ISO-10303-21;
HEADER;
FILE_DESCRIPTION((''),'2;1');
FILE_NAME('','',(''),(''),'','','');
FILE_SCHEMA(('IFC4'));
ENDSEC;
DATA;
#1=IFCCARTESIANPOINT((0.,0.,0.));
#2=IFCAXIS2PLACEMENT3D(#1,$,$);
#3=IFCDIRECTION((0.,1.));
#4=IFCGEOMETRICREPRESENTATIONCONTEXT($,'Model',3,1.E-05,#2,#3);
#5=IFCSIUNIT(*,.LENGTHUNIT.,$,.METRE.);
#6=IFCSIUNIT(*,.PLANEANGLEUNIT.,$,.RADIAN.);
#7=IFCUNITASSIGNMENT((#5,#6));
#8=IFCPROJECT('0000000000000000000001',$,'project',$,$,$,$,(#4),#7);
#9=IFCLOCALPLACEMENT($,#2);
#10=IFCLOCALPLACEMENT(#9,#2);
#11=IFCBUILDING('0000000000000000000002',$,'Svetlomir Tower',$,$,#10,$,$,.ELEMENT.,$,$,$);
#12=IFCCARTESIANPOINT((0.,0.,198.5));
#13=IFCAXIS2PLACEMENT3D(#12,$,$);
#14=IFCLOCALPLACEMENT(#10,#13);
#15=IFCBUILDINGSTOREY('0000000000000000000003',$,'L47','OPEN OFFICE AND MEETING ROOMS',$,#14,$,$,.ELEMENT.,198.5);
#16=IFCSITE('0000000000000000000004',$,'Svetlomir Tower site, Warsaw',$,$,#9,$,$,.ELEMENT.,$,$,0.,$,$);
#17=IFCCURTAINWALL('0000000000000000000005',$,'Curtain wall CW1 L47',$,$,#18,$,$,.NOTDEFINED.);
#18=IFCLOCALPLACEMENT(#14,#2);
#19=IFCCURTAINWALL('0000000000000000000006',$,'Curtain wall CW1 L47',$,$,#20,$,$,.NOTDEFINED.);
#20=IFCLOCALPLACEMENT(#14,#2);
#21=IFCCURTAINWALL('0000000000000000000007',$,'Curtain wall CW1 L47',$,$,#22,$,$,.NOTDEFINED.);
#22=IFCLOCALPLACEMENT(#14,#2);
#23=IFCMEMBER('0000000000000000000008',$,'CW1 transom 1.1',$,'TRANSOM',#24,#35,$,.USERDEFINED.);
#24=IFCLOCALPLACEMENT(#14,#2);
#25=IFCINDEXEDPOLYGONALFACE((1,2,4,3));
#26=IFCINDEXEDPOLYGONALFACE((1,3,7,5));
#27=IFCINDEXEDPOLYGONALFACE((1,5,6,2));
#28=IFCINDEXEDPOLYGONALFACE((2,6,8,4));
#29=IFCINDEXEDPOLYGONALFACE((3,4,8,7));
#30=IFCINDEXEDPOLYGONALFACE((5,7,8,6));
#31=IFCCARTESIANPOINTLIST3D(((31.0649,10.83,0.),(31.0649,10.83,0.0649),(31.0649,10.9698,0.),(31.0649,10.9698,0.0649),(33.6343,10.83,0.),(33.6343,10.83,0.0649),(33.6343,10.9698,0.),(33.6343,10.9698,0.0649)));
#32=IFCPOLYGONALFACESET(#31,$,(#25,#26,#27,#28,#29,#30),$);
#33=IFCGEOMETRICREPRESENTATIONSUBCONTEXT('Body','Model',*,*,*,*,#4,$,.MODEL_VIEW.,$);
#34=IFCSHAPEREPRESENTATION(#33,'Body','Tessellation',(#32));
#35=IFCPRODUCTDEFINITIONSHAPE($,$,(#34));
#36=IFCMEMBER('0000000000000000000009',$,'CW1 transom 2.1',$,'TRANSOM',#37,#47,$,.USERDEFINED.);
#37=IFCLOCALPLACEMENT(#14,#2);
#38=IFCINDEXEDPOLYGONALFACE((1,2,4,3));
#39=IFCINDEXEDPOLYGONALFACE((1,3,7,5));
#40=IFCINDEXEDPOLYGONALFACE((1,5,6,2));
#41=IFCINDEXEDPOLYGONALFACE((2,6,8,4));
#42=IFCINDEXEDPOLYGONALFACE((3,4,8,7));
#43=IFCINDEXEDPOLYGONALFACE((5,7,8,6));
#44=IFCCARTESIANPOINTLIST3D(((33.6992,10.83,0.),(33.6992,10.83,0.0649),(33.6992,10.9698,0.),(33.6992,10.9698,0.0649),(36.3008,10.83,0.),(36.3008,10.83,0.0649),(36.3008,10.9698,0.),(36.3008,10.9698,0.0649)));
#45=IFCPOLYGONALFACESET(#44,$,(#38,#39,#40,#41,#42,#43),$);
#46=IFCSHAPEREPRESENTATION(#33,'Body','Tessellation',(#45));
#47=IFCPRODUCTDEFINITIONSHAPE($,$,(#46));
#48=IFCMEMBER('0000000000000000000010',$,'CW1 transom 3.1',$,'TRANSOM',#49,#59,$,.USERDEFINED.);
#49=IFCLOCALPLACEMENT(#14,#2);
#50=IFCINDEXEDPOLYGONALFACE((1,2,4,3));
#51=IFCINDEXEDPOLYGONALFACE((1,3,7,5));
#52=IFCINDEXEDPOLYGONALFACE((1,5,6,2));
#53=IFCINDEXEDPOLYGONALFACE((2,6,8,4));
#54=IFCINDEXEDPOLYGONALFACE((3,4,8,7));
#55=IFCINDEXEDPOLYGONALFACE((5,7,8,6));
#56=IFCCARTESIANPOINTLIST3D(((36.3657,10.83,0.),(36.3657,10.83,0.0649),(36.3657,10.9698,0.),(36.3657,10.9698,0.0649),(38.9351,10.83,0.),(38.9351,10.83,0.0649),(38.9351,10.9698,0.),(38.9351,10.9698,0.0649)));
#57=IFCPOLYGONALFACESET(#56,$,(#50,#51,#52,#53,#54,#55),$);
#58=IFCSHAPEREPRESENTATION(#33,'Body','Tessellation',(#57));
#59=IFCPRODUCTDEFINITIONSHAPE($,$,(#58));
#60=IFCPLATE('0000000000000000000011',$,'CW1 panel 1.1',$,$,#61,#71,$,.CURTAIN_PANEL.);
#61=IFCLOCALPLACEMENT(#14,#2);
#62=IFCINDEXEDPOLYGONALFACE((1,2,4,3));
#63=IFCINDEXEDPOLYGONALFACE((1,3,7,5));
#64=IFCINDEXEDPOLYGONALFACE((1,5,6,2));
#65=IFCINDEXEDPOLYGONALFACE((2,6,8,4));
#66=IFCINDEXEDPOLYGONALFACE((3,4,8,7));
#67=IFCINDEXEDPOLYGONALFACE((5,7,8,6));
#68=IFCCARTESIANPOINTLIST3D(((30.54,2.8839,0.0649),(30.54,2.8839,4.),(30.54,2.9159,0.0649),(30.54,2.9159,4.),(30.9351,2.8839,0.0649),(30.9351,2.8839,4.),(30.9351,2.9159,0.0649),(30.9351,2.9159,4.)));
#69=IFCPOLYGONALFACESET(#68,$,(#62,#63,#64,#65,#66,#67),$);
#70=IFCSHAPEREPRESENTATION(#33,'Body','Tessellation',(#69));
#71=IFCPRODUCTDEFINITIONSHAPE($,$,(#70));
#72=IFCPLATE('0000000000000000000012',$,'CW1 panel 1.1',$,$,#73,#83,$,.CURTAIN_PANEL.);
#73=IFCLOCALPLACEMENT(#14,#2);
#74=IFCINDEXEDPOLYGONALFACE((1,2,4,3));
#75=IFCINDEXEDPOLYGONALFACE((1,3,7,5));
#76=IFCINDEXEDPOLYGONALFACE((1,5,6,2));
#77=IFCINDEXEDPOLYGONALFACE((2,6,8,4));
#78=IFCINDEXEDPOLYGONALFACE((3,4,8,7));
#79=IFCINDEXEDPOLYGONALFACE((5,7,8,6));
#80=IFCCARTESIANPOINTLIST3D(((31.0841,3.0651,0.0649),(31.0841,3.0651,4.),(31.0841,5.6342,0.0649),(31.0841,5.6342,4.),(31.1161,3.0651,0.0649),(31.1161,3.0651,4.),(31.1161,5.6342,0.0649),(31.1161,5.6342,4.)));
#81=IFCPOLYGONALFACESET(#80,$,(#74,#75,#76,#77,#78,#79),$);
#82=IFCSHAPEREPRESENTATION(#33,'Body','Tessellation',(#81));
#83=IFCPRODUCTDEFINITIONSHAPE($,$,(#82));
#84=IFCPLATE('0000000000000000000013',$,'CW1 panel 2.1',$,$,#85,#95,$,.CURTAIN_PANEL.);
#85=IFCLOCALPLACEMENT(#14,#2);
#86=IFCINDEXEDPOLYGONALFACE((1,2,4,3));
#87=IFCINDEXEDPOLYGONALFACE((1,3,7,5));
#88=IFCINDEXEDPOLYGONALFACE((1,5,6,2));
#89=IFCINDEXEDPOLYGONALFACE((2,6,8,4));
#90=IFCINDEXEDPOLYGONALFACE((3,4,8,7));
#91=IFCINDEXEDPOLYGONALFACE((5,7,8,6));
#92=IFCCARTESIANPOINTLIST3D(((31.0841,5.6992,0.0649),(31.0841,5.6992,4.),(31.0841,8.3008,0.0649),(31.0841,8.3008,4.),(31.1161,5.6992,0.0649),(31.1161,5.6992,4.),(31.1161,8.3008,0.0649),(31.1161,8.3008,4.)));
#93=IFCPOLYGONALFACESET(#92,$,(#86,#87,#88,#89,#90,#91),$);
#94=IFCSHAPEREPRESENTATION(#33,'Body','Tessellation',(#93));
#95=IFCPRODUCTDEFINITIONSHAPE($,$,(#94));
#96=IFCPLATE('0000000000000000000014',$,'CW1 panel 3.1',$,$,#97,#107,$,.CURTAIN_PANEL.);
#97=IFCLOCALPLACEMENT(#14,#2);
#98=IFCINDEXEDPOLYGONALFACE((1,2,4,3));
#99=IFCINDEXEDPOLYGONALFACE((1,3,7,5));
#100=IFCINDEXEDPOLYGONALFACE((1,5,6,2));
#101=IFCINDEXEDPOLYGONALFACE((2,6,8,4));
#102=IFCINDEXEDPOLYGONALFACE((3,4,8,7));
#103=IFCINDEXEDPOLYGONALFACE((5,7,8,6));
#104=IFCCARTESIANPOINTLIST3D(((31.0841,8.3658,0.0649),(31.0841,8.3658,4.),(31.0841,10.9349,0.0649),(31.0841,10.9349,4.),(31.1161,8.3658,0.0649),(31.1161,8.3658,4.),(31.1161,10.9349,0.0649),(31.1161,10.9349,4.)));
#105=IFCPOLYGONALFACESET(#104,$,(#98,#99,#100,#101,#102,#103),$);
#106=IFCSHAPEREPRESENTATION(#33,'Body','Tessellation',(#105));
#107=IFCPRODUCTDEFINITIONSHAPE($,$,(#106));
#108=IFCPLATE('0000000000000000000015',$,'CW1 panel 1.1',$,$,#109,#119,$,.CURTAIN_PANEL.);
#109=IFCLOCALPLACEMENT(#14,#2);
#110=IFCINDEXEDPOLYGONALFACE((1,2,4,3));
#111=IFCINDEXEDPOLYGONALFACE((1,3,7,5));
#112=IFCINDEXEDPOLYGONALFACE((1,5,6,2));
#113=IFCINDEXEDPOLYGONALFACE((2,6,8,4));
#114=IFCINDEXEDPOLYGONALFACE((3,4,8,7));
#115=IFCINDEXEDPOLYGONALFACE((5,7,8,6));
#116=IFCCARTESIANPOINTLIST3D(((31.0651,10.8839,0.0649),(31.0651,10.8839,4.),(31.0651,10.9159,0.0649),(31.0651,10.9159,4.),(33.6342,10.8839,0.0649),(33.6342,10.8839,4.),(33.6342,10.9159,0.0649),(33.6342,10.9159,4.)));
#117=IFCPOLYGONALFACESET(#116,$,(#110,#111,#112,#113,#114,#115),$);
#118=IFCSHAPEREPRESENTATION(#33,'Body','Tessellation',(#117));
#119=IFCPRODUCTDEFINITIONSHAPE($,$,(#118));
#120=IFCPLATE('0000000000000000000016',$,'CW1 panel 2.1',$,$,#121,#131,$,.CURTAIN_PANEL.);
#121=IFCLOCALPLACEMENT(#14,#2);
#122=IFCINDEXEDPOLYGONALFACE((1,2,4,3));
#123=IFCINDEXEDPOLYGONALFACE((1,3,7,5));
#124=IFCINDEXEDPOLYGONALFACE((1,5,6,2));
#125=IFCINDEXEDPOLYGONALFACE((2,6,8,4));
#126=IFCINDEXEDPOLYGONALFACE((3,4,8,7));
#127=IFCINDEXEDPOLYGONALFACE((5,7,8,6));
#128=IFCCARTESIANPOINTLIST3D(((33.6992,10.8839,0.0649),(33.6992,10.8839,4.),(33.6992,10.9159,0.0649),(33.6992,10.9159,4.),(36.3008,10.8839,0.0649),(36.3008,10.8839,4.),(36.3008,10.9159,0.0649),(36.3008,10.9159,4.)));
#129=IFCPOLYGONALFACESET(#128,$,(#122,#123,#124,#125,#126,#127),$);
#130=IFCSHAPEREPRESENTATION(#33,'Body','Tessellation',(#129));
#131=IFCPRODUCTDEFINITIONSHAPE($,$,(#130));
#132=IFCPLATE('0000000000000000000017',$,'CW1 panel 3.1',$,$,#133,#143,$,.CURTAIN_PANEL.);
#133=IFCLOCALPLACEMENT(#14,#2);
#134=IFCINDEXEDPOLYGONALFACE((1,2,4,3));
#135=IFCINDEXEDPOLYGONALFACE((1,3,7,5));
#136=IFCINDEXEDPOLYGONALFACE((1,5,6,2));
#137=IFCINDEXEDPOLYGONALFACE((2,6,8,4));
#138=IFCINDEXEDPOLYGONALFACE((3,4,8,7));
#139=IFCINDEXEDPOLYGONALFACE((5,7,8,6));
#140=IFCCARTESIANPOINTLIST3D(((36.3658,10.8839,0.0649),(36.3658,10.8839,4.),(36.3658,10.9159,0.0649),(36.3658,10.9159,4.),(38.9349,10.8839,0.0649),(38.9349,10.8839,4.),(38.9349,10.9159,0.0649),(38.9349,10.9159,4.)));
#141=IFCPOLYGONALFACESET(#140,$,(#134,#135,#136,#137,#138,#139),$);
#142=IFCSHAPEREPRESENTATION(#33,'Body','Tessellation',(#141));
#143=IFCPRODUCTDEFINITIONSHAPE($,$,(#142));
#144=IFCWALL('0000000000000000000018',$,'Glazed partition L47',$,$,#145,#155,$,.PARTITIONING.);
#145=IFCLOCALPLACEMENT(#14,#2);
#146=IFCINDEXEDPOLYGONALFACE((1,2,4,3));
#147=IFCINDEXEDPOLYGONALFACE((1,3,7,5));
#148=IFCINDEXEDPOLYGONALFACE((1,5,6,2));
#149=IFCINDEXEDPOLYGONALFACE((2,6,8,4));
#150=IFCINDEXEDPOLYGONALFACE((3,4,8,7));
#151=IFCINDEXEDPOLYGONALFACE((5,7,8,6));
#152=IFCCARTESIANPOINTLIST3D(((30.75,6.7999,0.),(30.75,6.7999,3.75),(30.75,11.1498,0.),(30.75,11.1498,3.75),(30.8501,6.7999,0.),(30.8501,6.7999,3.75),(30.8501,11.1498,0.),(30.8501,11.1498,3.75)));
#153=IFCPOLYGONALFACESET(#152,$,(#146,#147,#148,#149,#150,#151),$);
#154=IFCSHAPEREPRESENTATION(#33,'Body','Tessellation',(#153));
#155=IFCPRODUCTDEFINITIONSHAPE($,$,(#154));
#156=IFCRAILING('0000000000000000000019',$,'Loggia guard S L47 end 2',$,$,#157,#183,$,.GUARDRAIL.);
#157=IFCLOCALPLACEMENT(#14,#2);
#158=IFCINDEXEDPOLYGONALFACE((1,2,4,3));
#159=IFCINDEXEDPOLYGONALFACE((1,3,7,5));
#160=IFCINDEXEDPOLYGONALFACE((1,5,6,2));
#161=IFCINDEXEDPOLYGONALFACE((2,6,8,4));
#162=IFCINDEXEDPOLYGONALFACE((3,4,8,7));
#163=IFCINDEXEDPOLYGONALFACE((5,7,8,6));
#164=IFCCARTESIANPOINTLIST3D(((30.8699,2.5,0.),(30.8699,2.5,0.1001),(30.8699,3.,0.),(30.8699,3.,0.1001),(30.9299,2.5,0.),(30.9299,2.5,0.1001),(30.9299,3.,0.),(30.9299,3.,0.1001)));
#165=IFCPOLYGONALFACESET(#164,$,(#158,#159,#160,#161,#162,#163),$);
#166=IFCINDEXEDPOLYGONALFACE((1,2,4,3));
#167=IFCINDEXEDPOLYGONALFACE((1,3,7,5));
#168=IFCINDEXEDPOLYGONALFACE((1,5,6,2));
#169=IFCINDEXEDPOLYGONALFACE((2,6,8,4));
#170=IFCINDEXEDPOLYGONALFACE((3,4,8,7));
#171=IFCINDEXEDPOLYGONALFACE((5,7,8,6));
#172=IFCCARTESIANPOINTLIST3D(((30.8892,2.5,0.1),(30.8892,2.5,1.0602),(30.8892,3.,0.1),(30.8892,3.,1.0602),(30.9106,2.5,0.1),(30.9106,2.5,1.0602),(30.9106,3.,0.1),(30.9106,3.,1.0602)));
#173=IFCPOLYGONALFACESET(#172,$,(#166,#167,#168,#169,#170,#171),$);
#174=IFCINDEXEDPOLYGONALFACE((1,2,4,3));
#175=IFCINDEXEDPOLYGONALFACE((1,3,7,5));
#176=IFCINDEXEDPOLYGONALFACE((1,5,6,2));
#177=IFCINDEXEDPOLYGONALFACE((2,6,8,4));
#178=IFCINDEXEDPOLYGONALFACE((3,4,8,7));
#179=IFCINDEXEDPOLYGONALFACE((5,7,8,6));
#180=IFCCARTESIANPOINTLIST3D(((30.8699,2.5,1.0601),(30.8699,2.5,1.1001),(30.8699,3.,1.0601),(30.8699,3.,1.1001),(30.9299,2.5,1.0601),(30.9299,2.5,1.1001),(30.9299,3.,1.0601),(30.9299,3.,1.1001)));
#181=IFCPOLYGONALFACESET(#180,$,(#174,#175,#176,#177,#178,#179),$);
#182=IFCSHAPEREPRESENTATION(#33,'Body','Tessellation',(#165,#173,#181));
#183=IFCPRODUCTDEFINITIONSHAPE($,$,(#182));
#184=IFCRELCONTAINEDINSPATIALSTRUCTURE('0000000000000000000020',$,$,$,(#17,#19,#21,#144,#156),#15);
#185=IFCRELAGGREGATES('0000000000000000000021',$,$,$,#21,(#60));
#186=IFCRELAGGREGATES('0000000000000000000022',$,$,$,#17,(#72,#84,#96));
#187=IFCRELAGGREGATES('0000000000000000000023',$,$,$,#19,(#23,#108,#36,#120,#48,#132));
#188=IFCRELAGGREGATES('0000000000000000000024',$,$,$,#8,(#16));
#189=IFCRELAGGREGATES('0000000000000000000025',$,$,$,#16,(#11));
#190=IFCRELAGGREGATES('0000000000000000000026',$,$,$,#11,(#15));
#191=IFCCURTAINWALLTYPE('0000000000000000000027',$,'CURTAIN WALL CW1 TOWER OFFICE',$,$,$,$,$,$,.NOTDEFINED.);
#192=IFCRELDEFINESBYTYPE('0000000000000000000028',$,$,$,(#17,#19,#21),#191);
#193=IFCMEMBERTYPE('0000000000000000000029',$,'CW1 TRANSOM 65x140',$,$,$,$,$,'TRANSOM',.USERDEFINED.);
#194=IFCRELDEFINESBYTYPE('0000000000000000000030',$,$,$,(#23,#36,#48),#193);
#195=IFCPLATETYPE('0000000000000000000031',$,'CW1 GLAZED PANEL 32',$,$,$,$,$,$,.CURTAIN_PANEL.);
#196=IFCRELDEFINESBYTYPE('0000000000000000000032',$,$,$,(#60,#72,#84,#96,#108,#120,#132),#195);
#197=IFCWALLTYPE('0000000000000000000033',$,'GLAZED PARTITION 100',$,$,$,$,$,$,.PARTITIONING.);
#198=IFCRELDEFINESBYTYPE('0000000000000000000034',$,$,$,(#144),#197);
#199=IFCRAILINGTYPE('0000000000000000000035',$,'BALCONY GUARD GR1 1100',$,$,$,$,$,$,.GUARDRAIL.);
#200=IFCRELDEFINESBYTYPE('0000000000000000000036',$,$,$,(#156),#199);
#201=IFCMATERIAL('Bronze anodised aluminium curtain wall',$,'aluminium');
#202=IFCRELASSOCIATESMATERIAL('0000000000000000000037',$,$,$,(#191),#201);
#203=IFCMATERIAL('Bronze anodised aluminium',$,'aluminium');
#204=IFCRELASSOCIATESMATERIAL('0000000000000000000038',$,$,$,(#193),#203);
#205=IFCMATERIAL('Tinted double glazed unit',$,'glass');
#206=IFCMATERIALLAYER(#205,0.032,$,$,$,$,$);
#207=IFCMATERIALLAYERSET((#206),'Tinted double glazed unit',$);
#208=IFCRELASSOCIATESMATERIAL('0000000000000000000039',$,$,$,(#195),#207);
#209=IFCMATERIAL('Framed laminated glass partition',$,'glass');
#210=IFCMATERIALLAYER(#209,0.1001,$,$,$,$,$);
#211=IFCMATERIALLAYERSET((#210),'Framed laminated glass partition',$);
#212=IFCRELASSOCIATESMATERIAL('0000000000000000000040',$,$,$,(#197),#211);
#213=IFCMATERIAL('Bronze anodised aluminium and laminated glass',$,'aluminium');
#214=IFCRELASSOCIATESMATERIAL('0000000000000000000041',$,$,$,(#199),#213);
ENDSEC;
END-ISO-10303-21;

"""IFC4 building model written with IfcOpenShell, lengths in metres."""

from ifc_helpers import new_model, si_unit, direction, frame, frame_2d, origin, origin_2d, place, context, subcontext, project, spatial, rectangle, extrude, material, layer, layer_set, material_profile, profile_set, type_object, element, aggregate, save


model = new_model("IFC4")

# Units and contexts
model_context = context("Model", 3, precision=1e-05, world=origin(), true_north=direction((0.0, 1.0)))
body_context = subcontext(model_context, "Body", "Model", "MODEL_VIEW")
ifc_project = project(units=[si_unit("LENGTHUNIT", "METRE"), si_unit("PLANEANGLEUNIT", "RADIAN")], contexts=[model_context])

# Site, building, storey
site_placement = place(None, origin())
site = spatial("IfcSite", under=ifc_project, at=site_placement, Name="Svetlomir Tower site, Warsaw", CompositionType="ELEMENT", RefElevation=0.0)
building_placement = place(site_placement, origin())
building = spatial("IfcBuilding", under=site, at=building_placement, Name="Svetlomir Tower", CompositionType="ELEMENT")
storey_placement = place(building_placement, frame((0.0, 0.0, 198.5)))
storey = spatial("IfcBuildingStorey", under=building, at=storey_placement, Name="L47", Description="OPEN OFFICE AND MEETING ROOMS", CompositionType="ELEMENT", Elevation=198.5)

# Curtain walls
ifc_material_1 = material(Name="Bronze anodised aluminium curtain wall", Category="aluminium")
curtain_wall_type = type_object("IfcCurtainWallType", Name="CURTAIN WALL CW1 TOWER OFFICE", PredefinedType="NOTDEFINED", material=ifc_material_1)
curtain_wall_1_placement = place(storey_placement, origin())
curtain_wall_1 = element("IfcCurtainWall", 1, at=curtain_wall_1_placement, inside=storey, type_object=curtain_wall_type, Name="Curtain wall CW1 L47", PredefinedType="NOTDEFINED")
curtain_wall_2_placement = place(storey_placement, origin())
curtain_wall_2 = element("IfcCurtainWall", 2, at=curtain_wall_2_placement, inside=storey, type_object=curtain_wall_type, Name="Curtain wall CW1 L47", PredefinedType="NOTDEFINED")
curtain_wall_3_placement = place(storey_placement, origin())
curtain_wall_3 = element("IfcCurtainWall", 3, at=curtain_wall_3_placement, inside=storey, type_object=curtain_wall_type, Name="Curtain wall CW1 L47", PredefinedType="NOTDEFINED")

# Members
ifc_material_2 = material(Name="Bronze anodised aluminium", Category="aluminium")
ifc_material_profile_1 = material_profile(ifc_material_2, rectangle(XDim=0.1399, YDim=0.0649, at=origin_2d()), Name="AL 140x65")
ifc_profile_set_1 = profile_set([ifc_material_profile_1], Name="Bronze anodised aluminium 6063-T6")
member_type_1 = type_object("IfcMemberType", Name="CW1 TRANSOM 65x140", ElementType="TRANSOM", PredefinedType="USERDEFINED", material=ifc_profile_set_1)
member_1_placement = place(storey_placement, frame((31.0649, 10.8999, 0.0325), z_axis=(1.0, 0.0, 0.0), x_axis=(0.0, 1.0, 0.0)))
member_1 = element("IfcMember", 4, at=member_1_placement, type_object=member_type_1, Name="CW1 transom 1.1", ObjectType="TRANSOM", PredefinedType="USERDEFINED", context=body_context, shape_type="SweptSolid", body=[
    extrude(rectangle(XDim=0.1399, YDim=0.0649, at=origin_2d()), origin(), (0.0, 0.0, 1.0), 2.5693),
])
member_2_placement = place(storey_placement, frame((33.6992, 10.8999, 0.0325), z_axis=(1.0, 0.0, 0.0), x_axis=(0.0, 1.0, 0.0)))
member_2 = element("IfcMember", 5, at=member_2_placement, type_object=member_type_1, Name="CW1 transom 2.1", ObjectType="TRANSOM", PredefinedType="USERDEFINED", context=body_context, shape_type="SweptSolid", body=[
    extrude(rectangle(XDim=0.1399, YDim=0.0649, at=origin_2d()), origin(), (0.0, 0.0, 1.0), 2.6016),
])
member_3_placement = place(storey_placement, frame((36.3657, 10.8999, 0.0325), z_axis=(1.0, 0.0, 0.0), x_axis=(0.0, 1.0, 0.0)))
member_3 = element("IfcMember", 6, at=member_3_placement, type_object=member_type_1, Name="CW1 transom 3.1", ObjectType="TRANSOM", PredefinedType="USERDEFINED", context=body_context, shape_type="SweptSolid", body=[
    extrude(rectangle(XDim=0.1399, YDim=0.0649, at=origin_2d()), origin(), (0.0, 0.0, 1.0), 2.5693),
])

# Plates
ifc_material_3 = material(Name="Tinted double glazed unit", Category="glass")
ifc_layer_1 = layer(ifc_material_3, 0.032)
ifc_layer_set_1 = layer_set([ifc_layer_1], Name="Tinted double glazed unit")
plate_type = type_object("IfcPlateType", Name="CW1 GLAZED PANEL 32", PredefinedType="CURTAIN_PANEL", material=ifc_layer_set_1)
plate_1_placement = place(storey_placement, frame((30.7375, 2.8999, 0.0649), z_axis=(0.0, 0.0, 1.0), x_axis=(1.0, 0.0, 0.0)))
plate_1 = element("IfcPlate", 7, at=plate_1_placement, type_object=plate_type, Name="CW1 panel 1.1", PredefinedType="CURTAIN_PANEL", context=body_context, shape_type="SweptSolid", body=[
    extrude(rectangle(XDim=0.395, YDim=0.032, at=origin_2d()), origin(), (0.0, 0.0, 1.0), 3.9351),
])
aggregate(curtain_wall_3, [plate_1])
plate_2_placement = place(storey_placement, frame((31.1001, 4.3496, 0.0649), z_axis=(0.0, 0.0, 1.0), x_axis=(0.0, 1.0, 0.0)))
plate_2 = element("IfcPlate", 8, at=plate_2_placement, type_object=plate_type, Name="CW1 panel 1.1", PredefinedType="CURTAIN_PANEL", context=body_context, shape_type="SweptSolid", body=[
    extrude(rectangle(XDim=2.5691, YDim=0.032, at=origin_2d()), origin(), (0.0, 0.0, 1.0), 3.9351),
])
plate_3_placement = place(storey_placement, frame((31.1001, 7.0, 0.0649), z_axis=(0.0, 0.0, 1.0), x_axis=(0.0, 1.0, 0.0)))
plate_3 = element("IfcPlate", 9, at=plate_3_placement, type_object=plate_type, Name="CW1 panel 2.1", PredefinedType="CURTAIN_PANEL", context=body_context, shape_type="SweptSolid", body=[
    extrude(rectangle(XDim=2.6016, YDim=0.032, at=origin_2d()), origin(), (0.0, 0.0, 1.0), 3.9351),
])
plate_4_placement = place(storey_placement, frame((31.1001, 9.6504, 0.0649), z_axis=(0.0, 0.0, 1.0), x_axis=(0.0, 1.0, 0.0)))
plate_4 = element("IfcPlate", 10, at=plate_4_placement, type_object=plate_type, Name="CW1 panel 3.1", PredefinedType="CURTAIN_PANEL", context=body_context, shape_type="SweptSolid", body=[
    extrude(rectangle(XDim=2.5691, YDim=0.032, at=origin_2d()), origin(), (0.0, 0.0, 1.0), 3.9351),
])
aggregate(curtain_wall_1, [plate_2, plate_3, plate_4])
plate_5_placement = place(storey_placement, frame((32.3496, 10.8999, 0.0649), z_axis=(0.0, 0.0, 1.0), x_axis=(1.0, 0.0, 0.0)))
plate_5 = element("IfcPlate", 11, at=plate_5_placement, type_object=plate_type, Name="CW1 panel 1.1", PredefinedType="CURTAIN_PANEL", context=body_context, shape_type="SweptSolid", body=[
    extrude(rectangle(XDim=2.5691, YDim=0.032, at=origin_2d()), origin(), (0.0, 0.0, 1.0), 3.9351),
])
plate_6_placement = place(storey_placement, frame((35.0, 10.8999, 0.0649), z_axis=(0.0, 0.0, 1.0), x_axis=(1.0, 0.0, 0.0)))
plate_6 = element("IfcPlate", 12, at=plate_6_placement, type_object=plate_type, Name="CW1 panel 2.1", PredefinedType="CURTAIN_PANEL", context=body_context, shape_type="SweptSolid", body=[
    extrude(rectangle(XDim=2.6016, YDim=0.032, at=origin_2d()), origin(), (0.0, 0.0, 1.0), 3.9351),
])
plate_7_placement = place(storey_placement, frame((37.6504, 10.8999, 0.0649), z_axis=(0.0, 0.0, 1.0), x_axis=(1.0, 0.0, 0.0)))
plate_7 = element("IfcPlate", 13, at=plate_7_placement, type_object=plate_type, Name="CW1 panel 3.1", PredefinedType="CURTAIN_PANEL", context=body_context, shape_type="SweptSolid", body=[
    extrude(rectangle(XDim=2.5691, YDim=0.032, at=origin_2d()), origin(), (0.0, 0.0, 1.0), 3.9351),
])
aggregate(curtain_wall_2, [member_1, plate_5, member_2, plate_6, member_3, plate_7])

# Wall
ifc_material_4 = material(Name="Framed laminated glass partition", Category="glass")
ifc_layer_2 = layer(ifc_material_4, 0.1001)
ifc_layer_set_2 = layer_set([ifc_layer_2], Name="Framed laminated glass partition")
wall_type = type_object("IfcWallType", Name="GLAZED PARTITION 100", PredefinedType="PARTITIONING", material=ifc_layer_set_2)
wall_placement = place(storey_placement, frame((30.8, 6.8, 0.0), z_axis=(0.0, 0.0, 1.0), x_axis=(0.0, 1.0, 0.0)))
element("IfcWall", 14, at=wall_placement, inside=storey, type_object=wall_type, Name="Glazed partition L47", PredefinedType="PARTITIONING", context=body_context, shape_type="SweptSolid", body=[
    extrude(rectangle(XDim=4.3499, YDim=0.1001, at=frame_2d((2.1748, 0.0))), origin(), (0.0, 0.0, 1.0), 3.75),
])

# Railing
ifc_material_5 = material(Name="Bronze anodised aluminium and laminated glass", Category="aluminium")
railing_type = type_object("IfcRailingType", Name="BALCONY GUARD GR1 1100", PredefinedType="GUARDRAIL", material=ifc_material_5)
railing_placement = place(storey_placement, frame((30.8999, 2.5, 0.0)))
element("IfcRailing", 15, at=railing_placement, inside=storey, type_object=railing_type, Name="Loggia guard S L47 end 2", PredefinedType="GUARDRAIL", context=body_context, shape_type="SweptSolid", body=[
    extrude(rectangle(XDim=0.0601, YDim=0.1001, at=origin_2d()), frame((0.0, 0.0, 0.05), z_axis=(0.0, 1.0, 0.0), x_axis=(-1.0, 0.0, 0.0)), (0.0, 0.0, 1.0), 0.5),
    extrude(rectangle(XDim=0.0215, YDim=0.9602, at=origin_2d()), frame((0.0, 0.0, 0.5801), z_axis=(0.0, 1.0, 0.0), x_axis=(-1.0, 0.0, 0.0)), (0.0, 0.0, 1.0), 0.5),
    extrude(rectangle(XDim=0.0601, YDim=0.04, at=origin_2d()), frame((0.0, 0.0, 1.0801), z_axis=(0.0, 1.0, 0.0), x_axis=(-1.0, 0.0, 0.0)), (0.0, 0.0, 1.0), 0.5),
])

save(model, "model.ifc")
